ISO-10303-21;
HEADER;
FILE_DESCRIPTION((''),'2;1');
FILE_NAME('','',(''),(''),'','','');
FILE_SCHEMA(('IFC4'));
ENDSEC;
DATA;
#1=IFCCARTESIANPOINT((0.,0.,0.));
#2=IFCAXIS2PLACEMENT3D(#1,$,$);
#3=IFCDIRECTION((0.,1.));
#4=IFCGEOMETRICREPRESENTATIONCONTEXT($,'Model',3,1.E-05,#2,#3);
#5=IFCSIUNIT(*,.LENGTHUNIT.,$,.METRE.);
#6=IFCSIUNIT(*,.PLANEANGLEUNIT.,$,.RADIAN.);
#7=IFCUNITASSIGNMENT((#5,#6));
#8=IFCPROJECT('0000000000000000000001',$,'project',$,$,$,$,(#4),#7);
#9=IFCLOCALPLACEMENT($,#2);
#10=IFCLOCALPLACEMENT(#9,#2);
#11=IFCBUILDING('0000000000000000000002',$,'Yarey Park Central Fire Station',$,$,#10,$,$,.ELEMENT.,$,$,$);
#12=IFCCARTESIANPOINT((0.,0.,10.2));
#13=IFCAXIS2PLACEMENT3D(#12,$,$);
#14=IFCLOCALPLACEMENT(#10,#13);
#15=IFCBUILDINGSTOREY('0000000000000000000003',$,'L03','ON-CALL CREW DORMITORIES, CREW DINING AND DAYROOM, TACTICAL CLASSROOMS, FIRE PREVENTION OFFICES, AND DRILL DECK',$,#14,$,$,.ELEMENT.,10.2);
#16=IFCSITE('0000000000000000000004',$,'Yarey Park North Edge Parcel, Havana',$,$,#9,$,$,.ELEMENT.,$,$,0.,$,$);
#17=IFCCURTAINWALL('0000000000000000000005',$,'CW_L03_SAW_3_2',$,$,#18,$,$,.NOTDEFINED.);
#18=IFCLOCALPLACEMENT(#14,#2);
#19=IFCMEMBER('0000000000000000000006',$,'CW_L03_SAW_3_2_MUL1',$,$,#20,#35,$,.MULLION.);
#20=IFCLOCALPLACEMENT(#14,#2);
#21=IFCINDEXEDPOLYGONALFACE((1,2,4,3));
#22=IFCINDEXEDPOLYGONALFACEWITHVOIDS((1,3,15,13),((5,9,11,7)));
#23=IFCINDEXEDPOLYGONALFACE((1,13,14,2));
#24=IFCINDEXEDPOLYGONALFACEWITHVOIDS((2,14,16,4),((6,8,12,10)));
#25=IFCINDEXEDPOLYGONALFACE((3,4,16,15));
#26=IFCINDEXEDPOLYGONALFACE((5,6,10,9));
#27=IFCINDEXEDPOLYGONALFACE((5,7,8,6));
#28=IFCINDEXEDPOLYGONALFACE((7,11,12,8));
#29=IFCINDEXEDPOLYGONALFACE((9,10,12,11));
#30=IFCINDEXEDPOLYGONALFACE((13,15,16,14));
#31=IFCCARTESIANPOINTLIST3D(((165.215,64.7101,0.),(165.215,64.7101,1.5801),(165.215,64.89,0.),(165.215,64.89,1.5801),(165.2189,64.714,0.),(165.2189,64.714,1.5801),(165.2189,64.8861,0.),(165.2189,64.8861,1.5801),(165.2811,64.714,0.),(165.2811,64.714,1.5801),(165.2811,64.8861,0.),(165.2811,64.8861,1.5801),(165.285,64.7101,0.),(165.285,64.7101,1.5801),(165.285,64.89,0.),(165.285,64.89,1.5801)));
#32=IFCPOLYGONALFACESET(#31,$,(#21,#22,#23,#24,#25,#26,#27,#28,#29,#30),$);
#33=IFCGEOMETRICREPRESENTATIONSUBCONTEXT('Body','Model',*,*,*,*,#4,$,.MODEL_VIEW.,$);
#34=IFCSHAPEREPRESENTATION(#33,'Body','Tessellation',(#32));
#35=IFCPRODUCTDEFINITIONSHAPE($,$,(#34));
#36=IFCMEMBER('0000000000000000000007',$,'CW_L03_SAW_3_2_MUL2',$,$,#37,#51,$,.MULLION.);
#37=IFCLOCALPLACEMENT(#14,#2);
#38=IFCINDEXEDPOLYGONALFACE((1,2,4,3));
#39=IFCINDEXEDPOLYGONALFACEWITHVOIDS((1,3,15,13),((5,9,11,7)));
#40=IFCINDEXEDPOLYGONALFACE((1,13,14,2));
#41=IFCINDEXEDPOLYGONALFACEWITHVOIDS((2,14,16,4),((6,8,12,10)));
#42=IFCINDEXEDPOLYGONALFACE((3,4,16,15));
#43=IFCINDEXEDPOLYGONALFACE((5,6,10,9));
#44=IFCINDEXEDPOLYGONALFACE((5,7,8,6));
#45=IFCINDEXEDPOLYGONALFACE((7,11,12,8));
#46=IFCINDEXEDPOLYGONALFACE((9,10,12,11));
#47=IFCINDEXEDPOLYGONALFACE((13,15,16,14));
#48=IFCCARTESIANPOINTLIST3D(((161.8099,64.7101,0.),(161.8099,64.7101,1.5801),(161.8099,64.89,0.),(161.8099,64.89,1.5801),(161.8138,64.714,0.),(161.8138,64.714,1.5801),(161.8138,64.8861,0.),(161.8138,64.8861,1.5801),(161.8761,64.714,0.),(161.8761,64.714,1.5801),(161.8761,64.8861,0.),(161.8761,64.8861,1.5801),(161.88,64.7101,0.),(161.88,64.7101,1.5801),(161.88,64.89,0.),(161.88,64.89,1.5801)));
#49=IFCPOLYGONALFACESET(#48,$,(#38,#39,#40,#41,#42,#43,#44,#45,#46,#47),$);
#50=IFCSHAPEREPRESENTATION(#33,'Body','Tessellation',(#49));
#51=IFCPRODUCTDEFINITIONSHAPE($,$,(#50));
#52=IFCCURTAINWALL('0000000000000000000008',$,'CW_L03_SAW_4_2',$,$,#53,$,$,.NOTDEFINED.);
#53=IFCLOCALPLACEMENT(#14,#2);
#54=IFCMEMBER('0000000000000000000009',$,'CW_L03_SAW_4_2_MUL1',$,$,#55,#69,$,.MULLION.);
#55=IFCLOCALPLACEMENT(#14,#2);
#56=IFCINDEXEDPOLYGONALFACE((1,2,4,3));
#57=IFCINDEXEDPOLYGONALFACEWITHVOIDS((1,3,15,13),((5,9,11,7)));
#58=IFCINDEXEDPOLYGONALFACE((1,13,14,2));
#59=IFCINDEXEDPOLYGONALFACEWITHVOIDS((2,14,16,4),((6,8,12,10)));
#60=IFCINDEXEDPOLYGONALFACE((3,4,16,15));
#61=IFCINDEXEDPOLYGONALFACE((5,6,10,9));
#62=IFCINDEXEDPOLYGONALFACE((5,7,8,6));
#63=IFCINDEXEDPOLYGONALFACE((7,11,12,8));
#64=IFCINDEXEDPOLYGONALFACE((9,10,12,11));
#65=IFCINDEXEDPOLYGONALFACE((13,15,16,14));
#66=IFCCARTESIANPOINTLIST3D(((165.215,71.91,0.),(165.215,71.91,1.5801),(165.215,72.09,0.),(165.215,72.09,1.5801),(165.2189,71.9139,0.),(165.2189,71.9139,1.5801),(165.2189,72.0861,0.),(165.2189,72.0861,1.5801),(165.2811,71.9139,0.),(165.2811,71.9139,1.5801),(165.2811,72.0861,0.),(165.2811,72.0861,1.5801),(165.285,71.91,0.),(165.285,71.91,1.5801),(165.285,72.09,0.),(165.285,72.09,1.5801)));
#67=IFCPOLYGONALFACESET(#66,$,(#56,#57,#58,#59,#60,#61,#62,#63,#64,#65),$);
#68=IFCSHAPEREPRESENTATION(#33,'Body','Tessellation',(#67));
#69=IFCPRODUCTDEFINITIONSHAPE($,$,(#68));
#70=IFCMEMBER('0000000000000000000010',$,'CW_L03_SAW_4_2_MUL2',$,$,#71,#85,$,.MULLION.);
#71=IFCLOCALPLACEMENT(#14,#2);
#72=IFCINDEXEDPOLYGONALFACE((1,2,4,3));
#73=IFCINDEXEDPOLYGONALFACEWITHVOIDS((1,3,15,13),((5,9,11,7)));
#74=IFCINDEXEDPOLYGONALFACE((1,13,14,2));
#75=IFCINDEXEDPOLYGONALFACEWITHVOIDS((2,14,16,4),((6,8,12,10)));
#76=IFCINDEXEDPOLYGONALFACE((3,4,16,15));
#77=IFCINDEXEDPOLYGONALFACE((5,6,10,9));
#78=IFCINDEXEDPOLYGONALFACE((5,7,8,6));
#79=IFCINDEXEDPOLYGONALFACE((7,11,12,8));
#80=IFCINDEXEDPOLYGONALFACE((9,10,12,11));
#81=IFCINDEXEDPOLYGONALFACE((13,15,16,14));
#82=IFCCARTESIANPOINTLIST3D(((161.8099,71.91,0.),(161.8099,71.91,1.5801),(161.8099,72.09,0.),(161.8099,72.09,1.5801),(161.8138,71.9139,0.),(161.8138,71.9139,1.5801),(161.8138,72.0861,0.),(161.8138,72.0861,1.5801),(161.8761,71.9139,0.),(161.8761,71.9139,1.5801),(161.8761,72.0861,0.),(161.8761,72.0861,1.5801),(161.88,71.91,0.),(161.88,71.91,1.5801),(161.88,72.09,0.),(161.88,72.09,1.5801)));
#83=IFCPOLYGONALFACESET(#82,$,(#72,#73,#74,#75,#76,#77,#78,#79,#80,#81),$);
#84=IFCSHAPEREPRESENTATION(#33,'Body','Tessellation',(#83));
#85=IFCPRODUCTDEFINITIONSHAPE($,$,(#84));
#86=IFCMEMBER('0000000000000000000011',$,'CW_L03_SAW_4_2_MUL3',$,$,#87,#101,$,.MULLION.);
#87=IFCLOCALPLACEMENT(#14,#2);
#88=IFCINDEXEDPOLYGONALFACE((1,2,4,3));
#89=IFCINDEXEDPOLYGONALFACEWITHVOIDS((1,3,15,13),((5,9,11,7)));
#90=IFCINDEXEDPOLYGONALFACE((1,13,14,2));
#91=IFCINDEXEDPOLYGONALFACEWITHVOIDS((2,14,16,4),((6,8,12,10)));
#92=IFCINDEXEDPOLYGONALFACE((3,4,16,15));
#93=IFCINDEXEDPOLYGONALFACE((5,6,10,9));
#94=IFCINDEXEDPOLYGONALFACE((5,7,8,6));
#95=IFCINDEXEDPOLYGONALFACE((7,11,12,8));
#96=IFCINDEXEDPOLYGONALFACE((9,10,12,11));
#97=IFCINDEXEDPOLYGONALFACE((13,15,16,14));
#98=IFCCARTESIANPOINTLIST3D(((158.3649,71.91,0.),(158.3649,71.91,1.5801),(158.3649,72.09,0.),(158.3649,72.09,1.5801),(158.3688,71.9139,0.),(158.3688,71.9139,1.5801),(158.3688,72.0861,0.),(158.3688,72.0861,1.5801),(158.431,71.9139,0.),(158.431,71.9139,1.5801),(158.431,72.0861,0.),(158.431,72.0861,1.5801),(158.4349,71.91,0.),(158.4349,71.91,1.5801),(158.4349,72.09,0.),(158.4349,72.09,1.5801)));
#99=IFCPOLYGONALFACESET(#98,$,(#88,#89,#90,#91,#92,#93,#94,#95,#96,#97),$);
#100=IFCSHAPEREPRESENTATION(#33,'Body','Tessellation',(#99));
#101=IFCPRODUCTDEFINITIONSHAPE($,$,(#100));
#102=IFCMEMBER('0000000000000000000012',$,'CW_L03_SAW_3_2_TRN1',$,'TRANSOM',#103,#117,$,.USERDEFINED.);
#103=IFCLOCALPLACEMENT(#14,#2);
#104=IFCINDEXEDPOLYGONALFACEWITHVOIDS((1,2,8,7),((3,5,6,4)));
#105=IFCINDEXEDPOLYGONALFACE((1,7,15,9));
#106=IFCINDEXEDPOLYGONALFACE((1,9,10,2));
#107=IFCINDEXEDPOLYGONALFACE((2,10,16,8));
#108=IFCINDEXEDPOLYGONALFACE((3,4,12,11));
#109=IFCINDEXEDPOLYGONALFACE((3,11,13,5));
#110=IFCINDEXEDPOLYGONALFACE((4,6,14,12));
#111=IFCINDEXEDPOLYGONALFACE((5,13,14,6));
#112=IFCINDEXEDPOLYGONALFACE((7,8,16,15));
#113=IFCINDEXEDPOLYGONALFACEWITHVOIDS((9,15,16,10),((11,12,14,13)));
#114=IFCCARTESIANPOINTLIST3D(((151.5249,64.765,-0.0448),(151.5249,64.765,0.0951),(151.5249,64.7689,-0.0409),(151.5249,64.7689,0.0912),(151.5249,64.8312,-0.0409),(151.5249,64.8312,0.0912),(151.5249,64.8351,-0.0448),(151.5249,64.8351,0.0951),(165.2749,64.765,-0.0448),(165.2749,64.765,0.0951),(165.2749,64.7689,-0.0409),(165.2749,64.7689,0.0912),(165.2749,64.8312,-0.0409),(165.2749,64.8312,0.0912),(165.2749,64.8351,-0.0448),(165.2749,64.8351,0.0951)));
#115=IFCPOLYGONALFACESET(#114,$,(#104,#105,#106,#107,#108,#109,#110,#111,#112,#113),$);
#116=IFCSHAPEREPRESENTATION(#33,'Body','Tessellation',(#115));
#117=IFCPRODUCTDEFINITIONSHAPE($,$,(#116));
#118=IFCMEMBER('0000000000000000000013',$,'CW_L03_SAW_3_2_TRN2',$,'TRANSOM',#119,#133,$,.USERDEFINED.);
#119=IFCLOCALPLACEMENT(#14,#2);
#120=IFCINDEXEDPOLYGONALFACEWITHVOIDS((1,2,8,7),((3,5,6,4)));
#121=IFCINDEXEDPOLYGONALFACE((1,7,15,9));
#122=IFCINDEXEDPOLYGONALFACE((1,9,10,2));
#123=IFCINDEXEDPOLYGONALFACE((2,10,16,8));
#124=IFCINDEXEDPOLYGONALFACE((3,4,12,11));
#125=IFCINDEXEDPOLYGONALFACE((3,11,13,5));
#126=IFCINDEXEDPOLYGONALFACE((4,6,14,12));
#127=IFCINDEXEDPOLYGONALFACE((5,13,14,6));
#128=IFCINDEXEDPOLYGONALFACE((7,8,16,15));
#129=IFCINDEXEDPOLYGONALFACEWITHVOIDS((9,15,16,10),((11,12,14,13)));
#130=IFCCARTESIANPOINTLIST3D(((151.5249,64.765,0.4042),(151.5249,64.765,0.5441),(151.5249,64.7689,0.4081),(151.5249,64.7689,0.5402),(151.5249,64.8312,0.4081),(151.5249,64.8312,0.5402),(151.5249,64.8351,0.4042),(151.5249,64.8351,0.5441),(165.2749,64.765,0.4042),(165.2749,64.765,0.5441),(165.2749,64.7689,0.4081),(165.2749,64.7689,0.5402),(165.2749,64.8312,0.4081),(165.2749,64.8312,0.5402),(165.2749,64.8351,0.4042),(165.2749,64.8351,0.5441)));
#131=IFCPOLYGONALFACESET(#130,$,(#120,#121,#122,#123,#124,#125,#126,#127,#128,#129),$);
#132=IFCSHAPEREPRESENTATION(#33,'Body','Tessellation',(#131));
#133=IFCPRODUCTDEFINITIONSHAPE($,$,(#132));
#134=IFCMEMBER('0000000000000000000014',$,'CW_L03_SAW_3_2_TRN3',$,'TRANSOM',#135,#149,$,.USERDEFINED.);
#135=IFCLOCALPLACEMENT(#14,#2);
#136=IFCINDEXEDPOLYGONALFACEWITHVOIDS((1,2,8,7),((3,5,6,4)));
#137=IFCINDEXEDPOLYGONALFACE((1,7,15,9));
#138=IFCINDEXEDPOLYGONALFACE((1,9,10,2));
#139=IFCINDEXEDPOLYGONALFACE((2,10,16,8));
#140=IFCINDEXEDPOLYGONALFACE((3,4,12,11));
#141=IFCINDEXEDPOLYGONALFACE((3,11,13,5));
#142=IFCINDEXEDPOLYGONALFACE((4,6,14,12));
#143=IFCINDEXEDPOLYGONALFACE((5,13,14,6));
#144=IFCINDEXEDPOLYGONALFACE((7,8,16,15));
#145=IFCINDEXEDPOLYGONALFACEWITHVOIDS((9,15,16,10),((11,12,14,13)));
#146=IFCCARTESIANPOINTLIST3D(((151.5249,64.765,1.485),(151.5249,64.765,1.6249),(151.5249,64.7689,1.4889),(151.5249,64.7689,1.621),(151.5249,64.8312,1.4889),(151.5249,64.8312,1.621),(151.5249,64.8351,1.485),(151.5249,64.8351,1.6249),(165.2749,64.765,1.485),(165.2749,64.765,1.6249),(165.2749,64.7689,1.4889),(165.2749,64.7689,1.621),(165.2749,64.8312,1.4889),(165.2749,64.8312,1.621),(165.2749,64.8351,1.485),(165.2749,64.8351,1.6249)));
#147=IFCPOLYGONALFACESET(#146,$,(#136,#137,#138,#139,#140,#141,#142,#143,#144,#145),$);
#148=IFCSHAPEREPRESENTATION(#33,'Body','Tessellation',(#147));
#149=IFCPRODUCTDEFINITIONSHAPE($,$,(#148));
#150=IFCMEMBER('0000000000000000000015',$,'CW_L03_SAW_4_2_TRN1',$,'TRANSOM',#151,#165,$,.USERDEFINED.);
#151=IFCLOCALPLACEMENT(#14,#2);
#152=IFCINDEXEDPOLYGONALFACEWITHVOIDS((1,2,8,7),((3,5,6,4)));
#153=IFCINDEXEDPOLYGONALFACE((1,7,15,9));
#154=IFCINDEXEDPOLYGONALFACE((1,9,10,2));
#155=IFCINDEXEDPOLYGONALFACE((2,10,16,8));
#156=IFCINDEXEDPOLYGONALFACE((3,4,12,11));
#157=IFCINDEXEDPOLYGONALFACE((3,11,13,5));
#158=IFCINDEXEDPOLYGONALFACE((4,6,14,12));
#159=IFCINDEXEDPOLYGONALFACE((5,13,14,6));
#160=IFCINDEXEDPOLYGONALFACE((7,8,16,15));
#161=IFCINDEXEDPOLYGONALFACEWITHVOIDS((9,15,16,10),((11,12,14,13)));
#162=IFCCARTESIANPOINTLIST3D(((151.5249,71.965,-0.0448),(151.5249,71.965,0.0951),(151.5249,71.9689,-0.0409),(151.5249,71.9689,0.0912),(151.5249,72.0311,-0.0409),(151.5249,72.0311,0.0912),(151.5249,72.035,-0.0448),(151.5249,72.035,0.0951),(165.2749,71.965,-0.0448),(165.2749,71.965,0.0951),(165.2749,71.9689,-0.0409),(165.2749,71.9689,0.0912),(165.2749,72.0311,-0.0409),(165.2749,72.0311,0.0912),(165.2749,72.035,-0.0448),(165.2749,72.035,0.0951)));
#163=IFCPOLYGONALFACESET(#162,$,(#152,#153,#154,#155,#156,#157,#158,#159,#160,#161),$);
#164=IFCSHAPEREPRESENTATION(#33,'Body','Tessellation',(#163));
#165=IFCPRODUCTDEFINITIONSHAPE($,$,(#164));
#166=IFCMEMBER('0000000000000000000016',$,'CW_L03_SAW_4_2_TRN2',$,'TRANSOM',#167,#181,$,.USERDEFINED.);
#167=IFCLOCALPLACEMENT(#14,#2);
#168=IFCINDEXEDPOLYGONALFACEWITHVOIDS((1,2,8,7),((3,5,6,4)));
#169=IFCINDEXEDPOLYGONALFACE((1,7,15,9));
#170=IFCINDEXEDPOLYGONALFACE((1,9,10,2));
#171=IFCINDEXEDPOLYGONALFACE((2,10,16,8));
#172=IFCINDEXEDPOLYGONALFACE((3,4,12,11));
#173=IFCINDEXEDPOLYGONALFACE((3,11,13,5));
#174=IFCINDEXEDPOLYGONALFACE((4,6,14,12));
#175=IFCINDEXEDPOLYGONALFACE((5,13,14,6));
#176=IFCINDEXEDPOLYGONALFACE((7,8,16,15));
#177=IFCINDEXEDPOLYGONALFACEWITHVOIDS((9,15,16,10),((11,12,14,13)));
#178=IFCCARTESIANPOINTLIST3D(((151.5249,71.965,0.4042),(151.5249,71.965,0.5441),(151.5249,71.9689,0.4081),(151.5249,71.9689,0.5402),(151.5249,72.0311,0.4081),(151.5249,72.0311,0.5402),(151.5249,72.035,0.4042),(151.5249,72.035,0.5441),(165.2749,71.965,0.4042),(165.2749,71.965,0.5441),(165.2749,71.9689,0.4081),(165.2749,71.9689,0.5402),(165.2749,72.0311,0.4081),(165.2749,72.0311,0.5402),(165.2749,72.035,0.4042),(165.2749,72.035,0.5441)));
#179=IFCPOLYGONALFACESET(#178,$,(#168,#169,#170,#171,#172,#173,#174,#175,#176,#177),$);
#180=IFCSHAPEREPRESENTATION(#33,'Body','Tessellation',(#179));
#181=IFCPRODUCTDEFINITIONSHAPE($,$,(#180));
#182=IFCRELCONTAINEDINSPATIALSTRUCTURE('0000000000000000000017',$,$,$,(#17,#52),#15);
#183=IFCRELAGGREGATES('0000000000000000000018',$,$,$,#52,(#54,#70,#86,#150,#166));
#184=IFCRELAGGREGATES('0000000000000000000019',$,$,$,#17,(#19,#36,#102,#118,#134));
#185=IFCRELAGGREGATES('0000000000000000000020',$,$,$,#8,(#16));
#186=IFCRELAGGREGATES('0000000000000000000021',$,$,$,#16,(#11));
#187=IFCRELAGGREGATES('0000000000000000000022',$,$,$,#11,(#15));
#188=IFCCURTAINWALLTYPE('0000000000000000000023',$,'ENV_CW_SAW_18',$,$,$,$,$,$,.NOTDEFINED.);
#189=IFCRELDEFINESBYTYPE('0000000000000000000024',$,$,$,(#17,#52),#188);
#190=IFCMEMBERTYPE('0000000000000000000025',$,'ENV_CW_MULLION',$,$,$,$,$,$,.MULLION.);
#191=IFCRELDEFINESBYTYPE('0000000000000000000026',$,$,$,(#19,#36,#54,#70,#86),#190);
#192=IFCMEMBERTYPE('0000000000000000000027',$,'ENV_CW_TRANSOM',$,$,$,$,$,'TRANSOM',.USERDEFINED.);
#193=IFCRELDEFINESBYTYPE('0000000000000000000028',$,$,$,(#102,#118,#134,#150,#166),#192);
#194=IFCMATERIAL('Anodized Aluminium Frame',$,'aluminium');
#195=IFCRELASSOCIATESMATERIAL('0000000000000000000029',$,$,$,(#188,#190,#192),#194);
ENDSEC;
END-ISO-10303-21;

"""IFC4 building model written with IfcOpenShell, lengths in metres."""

from ifc_helpers import new_model, si_unit, direction, frame, origin, origin_2d, place, context, subcontext, project, spatial, hollow_rectangle, extrude, material, material_profile, profile_set, type_object, element, aggregate, save


model = new_model("IFC4")

# Units and contexts
model_context = context("Model", 3, precision=1e-05, world=origin(), true_north=direction((0.0, 1.0)))
body_context = subcontext(model_context, "Body", "Model", "MODEL_VIEW")
ifc_project = project(units=[si_unit("LENGTHUNIT", "METRE"), si_unit("PLANEANGLEUNIT", "RADIAN")], contexts=[model_context])

# Site, building, storey
site_placement = place(None, origin())
site = spatial("IfcSite", under=ifc_project, at=site_placement, Name="Yarey Park North Edge Parcel, Havana", CompositionType="ELEMENT", RefElevation=0.0)
building_placement = place(site_placement, origin())
building = spatial("IfcBuilding", under=site, at=building_placement, Name="Yarey Park Central Fire Station", CompositionType="ELEMENT")
storey_placement = place(building_placement, frame((0.0, 0.0, 10.2)))
storey = spatial("IfcBuildingStorey", under=building, at=storey_placement, Name="L03", Description="ON-CALL CREW DORMITORIES, CREW DINING AND DAYROOM, TACTICAL CLASSROOMS, FIRE PREVENTION OFFICES, AND DRILL DECK", CompositionType="ELEMENT", Elevation=10.2)

# Curtain walls, members
ifc_material_1 = material(Name="Anodized Aluminium Frame", Category="aluminium")
curtain_wall_type = type_object("IfcCurtainWallType", Name="ENV_CW_SAW_18", PredefinedType="NOTDEFINED", material=ifc_material_1)
curtain_wall_1_placement = place(storey_placement, origin())
curtain_wall_1 = element("IfcCurtainWall", 1, at=curtain_wall_1_placement, inside=storey, type_object=curtain_wall_type, Name="CW_L03_SAW_3_2", PredefinedType="NOTDEFINED")
ifc_material_profile_1 = material_profile(ifc_material_1, hollow_rectangle(XDim=0.0701, YDim=0.1799, WallThickness=0.0039, at=origin_2d()), Name="ALU 180x70x4")
ifc_profile_set_1 = profile_set([ifc_material_profile_1], Name="Anodized Aluminium Frame")
member_type_1 = type_object("IfcMemberType", Name="ENV_CW_MULLION", PredefinedType="MULLION", material=ifc_profile_set_1)
member_1_placement = place(storey_placement, frame((165.25, 64.8, 0.0), z_axis=(0.0, 0.0, 1.0), x_axis=(1.0, 0.0, 0.0)))
member_1 = element("IfcMember", 2, at=member_1_placement, type_object=member_type_1, Name="CW_L03_SAW_3_2_MUL1", PredefinedType="MULLION", context=body_context, shape_type="SweptSolid", body=[
    extrude(hollow_rectangle(XDim=0.0701, YDim=0.1799, WallThickness=0.0039, at=origin_2d()), origin(), (0.0, 0.0, 1.0), 1.5801),
])
member_2_placement = place(storey_placement, frame((161.845, 64.8, 0.0), z_axis=(0.0, 0.0, 1.0), x_axis=(1.0, 0.0, 0.0)))
member_2 = element("IfcMember", 3, at=member_2_placement, type_object=member_type_1, Name="CW_L03_SAW_3_2_MUL2", PredefinedType="MULLION", context=body_context, shape_type="SweptSolid", body=[
    extrude(hollow_rectangle(XDim=0.0701, YDim=0.1799, WallThickness=0.0039, at=origin_2d()), origin(), (0.0, 0.0, 1.0), 1.5801),
])
curtain_wall_2_placement = place(storey_placement, origin())
curtain_wall_2 = element("IfcCurtainWall", 4, at=curtain_wall_2_placement, inside=storey, type_object=curtain_wall_type, Name="CW_L03_SAW_4_2", PredefinedType="NOTDEFINED")
member_3_placement = place(storey_placement, frame((165.25, 72.0, 0.0), z_axis=(0.0, 0.0, 1.0), x_axis=(1.0, 0.0, 0.0)))
member_3 = element("IfcMember", 5, at=member_3_placement, type_object=member_type_1, Name="CW_L03_SAW_4_2_MUL1", PredefinedType="MULLION", context=body_context, shape_type="SweptSolid", body=[
    extrude(hollow_rectangle(XDim=0.0701, YDim=0.1799, WallThickness=0.0039, at=origin_2d()), origin(), (0.0, 0.0, 1.0), 1.5801),
])
member_4_placement = place(storey_placement, frame((161.845, 72.0, 0.0), z_axis=(0.0, 0.0, 1.0), x_axis=(1.0, 0.0, 0.0)))
member_4 = element("IfcMember", 6, at=member_4_placement, type_object=member_type_1, Name="CW_L03_SAW_4_2_MUL2", PredefinedType="MULLION", context=body_context, shape_type="SweptSolid", body=[
    extrude(hollow_rectangle(XDim=0.0701, YDim=0.1799, WallThickness=0.0039, at=origin_2d()), origin(), (0.0, 0.0, 1.0), 1.5801),
])
member_5_placement = place(storey_placement, frame((158.3999, 72.0, 0.0), z_axis=(0.0, 0.0, 1.0), x_axis=(1.0, 0.0, 0.0)))
member_5 = element("IfcMember", 7, at=member_5_placement, type_object=member_type_1, Name="CW_L03_SAW_4_2_MUL3", PredefinedType="MULLION", context=body_context, shape_type="SweptSolid", body=[
    extrude(hollow_rectangle(XDim=0.0701, YDim=0.1799, WallThickness=0.0039, at=origin_2d()), origin(), (0.0, 0.0, 1.0), 1.5801),
])

# Members
ifc_material_profile_2 = material_profile(ifc_material_1, hollow_rectangle(XDim=0.0701, YDim=0.1399, WallThickness=0.0039, at=origin_2d()), Name="ALU 140x70x4")
ifc_profile_set_2 = profile_set([ifc_material_profile_2], Name="Anodized Aluminium Frame")
member_type_2 = type_object("IfcMemberType", Name="ENV_CW_TRANSOM", ElementType="TRANSOM", PredefinedType="USERDEFINED", material=ifc_profile_set_2)
member_6_placement = place(storey_placement, frame((165.2749, 64.8, 0.0251), z_axis=(-1.0, 0.0, 0.0), x_axis=(0.0, -1.0, 0.0)))
member_6 = element("IfcMember", 8, at=member_6_placement, type_object=member_type_2, Name="CW_L03_SAW_3_2_TRN1", ObjectType="TRANSOM", PredefinedType="USERDEFINED", context=body_context, shape_type="SweptSolid", body=[
    extrude(hollow_rectangle(XDim=0.0701, YDim=0.1399, WallThickness=0.0039, at=origin_2d()), origin(), (0.0, 0.0, 1.0), 13.75),
])
member_7_placement = place(storey_placement, frame((165.2749, 64.8, 0.4741), z_axis=(-1.0, 0.0, 0.0), x_axis=(0.0, -1.0, 0.0)))
member_7 = element("IfcMember", 9, at=member_7_placement, type_object=member_type_2, Name="CW_L03_SAW_3_2_TRN2", ObjectType="TRANSOM", PredefinedType="USERDEFINED", context=body_context, shape_type="SweptSolid", body=[
    extrude(hollow_rectangle(XDim=0.0701, YDim=0.1399, WallThickness=0.0039, at=origin_2d()), origin(), (0.0, 0.0, 1.0), 13.75),
])
member_8_placement = place(storey_placement, frame((165.2749, 64.8, 1.5549), z_axis=(-1.0, 0.0, 0.0), x_axis=(0.0, -1.0, 0.0)))
member_8 = element("IfcMember", 10, at=member_8_placement, type_object=member_type_2, Name="CW_L03_SAW_3_2_TRN3", ObjectType="TRANSOM", PredefinedType="USERDEFINED", context=body_context, shape_type="SweptSolid", body=[
    extrude(hollow_rectangle(XDim=0.0701, YDim=0.1399, WallThickness=0.0039, at=origin_2d()), origin(), (0.0, 0.0, 1.0), 13.75),
])
member_9_placement = place(storey_placement, frame((165.2749, 72.0, 0.0251), z_axis=(-1.0, 0.0, 0.0), x_axis=(0.0, -1.0, 0.0)))
member_9 = element("IfcMember", 11, at=member_9_placement, type_object=member_type_2, Name="CW_L03_SAW_4_2_TRN1", ObjectType="TRANSOM", PredefinedType="USERDEFINED", context=body_context, shape_type="SweptSolid", body=[
    extrude(hollow_rectangle(XDim=0.0701, YDim=0.1399, WallThickness=0.0039, at=origin_2d()), origin(), (0.0, 0.0, 1.0), 13.75),
])
member_10_placement = place(storey_placement, frame((165.2749, 72.0, 0.4741), z_axis=(-1.0, 0.0, 0.0), x_axis=(0.0, -1.0, 0.0)))
member_10 = element("IfcMember", 12, at=member_10_placement, type_object=member_type_2, Name="CW_L03_SAW_4_2_TRN2", ObjectType="TRANSOM", PredefinedType="USERDEFINED", context=body_context, shape_type="SweptSolid", body=[
    extrude(hollow_rectangle(XDim=0.0701, YDim=0.1399, WallThickness=0.0039, at=origin_2d()), origin(), (0.0, 0.0, 1.0), 13.75),
])

aggregate(curtain_wall_2, [member_3, member_4, member_5, member_9, member_10])
aggregate(curtain_wall_1, [member_1, member_2, member_6, member_7, member_8])

save(model, "model.ifc")
